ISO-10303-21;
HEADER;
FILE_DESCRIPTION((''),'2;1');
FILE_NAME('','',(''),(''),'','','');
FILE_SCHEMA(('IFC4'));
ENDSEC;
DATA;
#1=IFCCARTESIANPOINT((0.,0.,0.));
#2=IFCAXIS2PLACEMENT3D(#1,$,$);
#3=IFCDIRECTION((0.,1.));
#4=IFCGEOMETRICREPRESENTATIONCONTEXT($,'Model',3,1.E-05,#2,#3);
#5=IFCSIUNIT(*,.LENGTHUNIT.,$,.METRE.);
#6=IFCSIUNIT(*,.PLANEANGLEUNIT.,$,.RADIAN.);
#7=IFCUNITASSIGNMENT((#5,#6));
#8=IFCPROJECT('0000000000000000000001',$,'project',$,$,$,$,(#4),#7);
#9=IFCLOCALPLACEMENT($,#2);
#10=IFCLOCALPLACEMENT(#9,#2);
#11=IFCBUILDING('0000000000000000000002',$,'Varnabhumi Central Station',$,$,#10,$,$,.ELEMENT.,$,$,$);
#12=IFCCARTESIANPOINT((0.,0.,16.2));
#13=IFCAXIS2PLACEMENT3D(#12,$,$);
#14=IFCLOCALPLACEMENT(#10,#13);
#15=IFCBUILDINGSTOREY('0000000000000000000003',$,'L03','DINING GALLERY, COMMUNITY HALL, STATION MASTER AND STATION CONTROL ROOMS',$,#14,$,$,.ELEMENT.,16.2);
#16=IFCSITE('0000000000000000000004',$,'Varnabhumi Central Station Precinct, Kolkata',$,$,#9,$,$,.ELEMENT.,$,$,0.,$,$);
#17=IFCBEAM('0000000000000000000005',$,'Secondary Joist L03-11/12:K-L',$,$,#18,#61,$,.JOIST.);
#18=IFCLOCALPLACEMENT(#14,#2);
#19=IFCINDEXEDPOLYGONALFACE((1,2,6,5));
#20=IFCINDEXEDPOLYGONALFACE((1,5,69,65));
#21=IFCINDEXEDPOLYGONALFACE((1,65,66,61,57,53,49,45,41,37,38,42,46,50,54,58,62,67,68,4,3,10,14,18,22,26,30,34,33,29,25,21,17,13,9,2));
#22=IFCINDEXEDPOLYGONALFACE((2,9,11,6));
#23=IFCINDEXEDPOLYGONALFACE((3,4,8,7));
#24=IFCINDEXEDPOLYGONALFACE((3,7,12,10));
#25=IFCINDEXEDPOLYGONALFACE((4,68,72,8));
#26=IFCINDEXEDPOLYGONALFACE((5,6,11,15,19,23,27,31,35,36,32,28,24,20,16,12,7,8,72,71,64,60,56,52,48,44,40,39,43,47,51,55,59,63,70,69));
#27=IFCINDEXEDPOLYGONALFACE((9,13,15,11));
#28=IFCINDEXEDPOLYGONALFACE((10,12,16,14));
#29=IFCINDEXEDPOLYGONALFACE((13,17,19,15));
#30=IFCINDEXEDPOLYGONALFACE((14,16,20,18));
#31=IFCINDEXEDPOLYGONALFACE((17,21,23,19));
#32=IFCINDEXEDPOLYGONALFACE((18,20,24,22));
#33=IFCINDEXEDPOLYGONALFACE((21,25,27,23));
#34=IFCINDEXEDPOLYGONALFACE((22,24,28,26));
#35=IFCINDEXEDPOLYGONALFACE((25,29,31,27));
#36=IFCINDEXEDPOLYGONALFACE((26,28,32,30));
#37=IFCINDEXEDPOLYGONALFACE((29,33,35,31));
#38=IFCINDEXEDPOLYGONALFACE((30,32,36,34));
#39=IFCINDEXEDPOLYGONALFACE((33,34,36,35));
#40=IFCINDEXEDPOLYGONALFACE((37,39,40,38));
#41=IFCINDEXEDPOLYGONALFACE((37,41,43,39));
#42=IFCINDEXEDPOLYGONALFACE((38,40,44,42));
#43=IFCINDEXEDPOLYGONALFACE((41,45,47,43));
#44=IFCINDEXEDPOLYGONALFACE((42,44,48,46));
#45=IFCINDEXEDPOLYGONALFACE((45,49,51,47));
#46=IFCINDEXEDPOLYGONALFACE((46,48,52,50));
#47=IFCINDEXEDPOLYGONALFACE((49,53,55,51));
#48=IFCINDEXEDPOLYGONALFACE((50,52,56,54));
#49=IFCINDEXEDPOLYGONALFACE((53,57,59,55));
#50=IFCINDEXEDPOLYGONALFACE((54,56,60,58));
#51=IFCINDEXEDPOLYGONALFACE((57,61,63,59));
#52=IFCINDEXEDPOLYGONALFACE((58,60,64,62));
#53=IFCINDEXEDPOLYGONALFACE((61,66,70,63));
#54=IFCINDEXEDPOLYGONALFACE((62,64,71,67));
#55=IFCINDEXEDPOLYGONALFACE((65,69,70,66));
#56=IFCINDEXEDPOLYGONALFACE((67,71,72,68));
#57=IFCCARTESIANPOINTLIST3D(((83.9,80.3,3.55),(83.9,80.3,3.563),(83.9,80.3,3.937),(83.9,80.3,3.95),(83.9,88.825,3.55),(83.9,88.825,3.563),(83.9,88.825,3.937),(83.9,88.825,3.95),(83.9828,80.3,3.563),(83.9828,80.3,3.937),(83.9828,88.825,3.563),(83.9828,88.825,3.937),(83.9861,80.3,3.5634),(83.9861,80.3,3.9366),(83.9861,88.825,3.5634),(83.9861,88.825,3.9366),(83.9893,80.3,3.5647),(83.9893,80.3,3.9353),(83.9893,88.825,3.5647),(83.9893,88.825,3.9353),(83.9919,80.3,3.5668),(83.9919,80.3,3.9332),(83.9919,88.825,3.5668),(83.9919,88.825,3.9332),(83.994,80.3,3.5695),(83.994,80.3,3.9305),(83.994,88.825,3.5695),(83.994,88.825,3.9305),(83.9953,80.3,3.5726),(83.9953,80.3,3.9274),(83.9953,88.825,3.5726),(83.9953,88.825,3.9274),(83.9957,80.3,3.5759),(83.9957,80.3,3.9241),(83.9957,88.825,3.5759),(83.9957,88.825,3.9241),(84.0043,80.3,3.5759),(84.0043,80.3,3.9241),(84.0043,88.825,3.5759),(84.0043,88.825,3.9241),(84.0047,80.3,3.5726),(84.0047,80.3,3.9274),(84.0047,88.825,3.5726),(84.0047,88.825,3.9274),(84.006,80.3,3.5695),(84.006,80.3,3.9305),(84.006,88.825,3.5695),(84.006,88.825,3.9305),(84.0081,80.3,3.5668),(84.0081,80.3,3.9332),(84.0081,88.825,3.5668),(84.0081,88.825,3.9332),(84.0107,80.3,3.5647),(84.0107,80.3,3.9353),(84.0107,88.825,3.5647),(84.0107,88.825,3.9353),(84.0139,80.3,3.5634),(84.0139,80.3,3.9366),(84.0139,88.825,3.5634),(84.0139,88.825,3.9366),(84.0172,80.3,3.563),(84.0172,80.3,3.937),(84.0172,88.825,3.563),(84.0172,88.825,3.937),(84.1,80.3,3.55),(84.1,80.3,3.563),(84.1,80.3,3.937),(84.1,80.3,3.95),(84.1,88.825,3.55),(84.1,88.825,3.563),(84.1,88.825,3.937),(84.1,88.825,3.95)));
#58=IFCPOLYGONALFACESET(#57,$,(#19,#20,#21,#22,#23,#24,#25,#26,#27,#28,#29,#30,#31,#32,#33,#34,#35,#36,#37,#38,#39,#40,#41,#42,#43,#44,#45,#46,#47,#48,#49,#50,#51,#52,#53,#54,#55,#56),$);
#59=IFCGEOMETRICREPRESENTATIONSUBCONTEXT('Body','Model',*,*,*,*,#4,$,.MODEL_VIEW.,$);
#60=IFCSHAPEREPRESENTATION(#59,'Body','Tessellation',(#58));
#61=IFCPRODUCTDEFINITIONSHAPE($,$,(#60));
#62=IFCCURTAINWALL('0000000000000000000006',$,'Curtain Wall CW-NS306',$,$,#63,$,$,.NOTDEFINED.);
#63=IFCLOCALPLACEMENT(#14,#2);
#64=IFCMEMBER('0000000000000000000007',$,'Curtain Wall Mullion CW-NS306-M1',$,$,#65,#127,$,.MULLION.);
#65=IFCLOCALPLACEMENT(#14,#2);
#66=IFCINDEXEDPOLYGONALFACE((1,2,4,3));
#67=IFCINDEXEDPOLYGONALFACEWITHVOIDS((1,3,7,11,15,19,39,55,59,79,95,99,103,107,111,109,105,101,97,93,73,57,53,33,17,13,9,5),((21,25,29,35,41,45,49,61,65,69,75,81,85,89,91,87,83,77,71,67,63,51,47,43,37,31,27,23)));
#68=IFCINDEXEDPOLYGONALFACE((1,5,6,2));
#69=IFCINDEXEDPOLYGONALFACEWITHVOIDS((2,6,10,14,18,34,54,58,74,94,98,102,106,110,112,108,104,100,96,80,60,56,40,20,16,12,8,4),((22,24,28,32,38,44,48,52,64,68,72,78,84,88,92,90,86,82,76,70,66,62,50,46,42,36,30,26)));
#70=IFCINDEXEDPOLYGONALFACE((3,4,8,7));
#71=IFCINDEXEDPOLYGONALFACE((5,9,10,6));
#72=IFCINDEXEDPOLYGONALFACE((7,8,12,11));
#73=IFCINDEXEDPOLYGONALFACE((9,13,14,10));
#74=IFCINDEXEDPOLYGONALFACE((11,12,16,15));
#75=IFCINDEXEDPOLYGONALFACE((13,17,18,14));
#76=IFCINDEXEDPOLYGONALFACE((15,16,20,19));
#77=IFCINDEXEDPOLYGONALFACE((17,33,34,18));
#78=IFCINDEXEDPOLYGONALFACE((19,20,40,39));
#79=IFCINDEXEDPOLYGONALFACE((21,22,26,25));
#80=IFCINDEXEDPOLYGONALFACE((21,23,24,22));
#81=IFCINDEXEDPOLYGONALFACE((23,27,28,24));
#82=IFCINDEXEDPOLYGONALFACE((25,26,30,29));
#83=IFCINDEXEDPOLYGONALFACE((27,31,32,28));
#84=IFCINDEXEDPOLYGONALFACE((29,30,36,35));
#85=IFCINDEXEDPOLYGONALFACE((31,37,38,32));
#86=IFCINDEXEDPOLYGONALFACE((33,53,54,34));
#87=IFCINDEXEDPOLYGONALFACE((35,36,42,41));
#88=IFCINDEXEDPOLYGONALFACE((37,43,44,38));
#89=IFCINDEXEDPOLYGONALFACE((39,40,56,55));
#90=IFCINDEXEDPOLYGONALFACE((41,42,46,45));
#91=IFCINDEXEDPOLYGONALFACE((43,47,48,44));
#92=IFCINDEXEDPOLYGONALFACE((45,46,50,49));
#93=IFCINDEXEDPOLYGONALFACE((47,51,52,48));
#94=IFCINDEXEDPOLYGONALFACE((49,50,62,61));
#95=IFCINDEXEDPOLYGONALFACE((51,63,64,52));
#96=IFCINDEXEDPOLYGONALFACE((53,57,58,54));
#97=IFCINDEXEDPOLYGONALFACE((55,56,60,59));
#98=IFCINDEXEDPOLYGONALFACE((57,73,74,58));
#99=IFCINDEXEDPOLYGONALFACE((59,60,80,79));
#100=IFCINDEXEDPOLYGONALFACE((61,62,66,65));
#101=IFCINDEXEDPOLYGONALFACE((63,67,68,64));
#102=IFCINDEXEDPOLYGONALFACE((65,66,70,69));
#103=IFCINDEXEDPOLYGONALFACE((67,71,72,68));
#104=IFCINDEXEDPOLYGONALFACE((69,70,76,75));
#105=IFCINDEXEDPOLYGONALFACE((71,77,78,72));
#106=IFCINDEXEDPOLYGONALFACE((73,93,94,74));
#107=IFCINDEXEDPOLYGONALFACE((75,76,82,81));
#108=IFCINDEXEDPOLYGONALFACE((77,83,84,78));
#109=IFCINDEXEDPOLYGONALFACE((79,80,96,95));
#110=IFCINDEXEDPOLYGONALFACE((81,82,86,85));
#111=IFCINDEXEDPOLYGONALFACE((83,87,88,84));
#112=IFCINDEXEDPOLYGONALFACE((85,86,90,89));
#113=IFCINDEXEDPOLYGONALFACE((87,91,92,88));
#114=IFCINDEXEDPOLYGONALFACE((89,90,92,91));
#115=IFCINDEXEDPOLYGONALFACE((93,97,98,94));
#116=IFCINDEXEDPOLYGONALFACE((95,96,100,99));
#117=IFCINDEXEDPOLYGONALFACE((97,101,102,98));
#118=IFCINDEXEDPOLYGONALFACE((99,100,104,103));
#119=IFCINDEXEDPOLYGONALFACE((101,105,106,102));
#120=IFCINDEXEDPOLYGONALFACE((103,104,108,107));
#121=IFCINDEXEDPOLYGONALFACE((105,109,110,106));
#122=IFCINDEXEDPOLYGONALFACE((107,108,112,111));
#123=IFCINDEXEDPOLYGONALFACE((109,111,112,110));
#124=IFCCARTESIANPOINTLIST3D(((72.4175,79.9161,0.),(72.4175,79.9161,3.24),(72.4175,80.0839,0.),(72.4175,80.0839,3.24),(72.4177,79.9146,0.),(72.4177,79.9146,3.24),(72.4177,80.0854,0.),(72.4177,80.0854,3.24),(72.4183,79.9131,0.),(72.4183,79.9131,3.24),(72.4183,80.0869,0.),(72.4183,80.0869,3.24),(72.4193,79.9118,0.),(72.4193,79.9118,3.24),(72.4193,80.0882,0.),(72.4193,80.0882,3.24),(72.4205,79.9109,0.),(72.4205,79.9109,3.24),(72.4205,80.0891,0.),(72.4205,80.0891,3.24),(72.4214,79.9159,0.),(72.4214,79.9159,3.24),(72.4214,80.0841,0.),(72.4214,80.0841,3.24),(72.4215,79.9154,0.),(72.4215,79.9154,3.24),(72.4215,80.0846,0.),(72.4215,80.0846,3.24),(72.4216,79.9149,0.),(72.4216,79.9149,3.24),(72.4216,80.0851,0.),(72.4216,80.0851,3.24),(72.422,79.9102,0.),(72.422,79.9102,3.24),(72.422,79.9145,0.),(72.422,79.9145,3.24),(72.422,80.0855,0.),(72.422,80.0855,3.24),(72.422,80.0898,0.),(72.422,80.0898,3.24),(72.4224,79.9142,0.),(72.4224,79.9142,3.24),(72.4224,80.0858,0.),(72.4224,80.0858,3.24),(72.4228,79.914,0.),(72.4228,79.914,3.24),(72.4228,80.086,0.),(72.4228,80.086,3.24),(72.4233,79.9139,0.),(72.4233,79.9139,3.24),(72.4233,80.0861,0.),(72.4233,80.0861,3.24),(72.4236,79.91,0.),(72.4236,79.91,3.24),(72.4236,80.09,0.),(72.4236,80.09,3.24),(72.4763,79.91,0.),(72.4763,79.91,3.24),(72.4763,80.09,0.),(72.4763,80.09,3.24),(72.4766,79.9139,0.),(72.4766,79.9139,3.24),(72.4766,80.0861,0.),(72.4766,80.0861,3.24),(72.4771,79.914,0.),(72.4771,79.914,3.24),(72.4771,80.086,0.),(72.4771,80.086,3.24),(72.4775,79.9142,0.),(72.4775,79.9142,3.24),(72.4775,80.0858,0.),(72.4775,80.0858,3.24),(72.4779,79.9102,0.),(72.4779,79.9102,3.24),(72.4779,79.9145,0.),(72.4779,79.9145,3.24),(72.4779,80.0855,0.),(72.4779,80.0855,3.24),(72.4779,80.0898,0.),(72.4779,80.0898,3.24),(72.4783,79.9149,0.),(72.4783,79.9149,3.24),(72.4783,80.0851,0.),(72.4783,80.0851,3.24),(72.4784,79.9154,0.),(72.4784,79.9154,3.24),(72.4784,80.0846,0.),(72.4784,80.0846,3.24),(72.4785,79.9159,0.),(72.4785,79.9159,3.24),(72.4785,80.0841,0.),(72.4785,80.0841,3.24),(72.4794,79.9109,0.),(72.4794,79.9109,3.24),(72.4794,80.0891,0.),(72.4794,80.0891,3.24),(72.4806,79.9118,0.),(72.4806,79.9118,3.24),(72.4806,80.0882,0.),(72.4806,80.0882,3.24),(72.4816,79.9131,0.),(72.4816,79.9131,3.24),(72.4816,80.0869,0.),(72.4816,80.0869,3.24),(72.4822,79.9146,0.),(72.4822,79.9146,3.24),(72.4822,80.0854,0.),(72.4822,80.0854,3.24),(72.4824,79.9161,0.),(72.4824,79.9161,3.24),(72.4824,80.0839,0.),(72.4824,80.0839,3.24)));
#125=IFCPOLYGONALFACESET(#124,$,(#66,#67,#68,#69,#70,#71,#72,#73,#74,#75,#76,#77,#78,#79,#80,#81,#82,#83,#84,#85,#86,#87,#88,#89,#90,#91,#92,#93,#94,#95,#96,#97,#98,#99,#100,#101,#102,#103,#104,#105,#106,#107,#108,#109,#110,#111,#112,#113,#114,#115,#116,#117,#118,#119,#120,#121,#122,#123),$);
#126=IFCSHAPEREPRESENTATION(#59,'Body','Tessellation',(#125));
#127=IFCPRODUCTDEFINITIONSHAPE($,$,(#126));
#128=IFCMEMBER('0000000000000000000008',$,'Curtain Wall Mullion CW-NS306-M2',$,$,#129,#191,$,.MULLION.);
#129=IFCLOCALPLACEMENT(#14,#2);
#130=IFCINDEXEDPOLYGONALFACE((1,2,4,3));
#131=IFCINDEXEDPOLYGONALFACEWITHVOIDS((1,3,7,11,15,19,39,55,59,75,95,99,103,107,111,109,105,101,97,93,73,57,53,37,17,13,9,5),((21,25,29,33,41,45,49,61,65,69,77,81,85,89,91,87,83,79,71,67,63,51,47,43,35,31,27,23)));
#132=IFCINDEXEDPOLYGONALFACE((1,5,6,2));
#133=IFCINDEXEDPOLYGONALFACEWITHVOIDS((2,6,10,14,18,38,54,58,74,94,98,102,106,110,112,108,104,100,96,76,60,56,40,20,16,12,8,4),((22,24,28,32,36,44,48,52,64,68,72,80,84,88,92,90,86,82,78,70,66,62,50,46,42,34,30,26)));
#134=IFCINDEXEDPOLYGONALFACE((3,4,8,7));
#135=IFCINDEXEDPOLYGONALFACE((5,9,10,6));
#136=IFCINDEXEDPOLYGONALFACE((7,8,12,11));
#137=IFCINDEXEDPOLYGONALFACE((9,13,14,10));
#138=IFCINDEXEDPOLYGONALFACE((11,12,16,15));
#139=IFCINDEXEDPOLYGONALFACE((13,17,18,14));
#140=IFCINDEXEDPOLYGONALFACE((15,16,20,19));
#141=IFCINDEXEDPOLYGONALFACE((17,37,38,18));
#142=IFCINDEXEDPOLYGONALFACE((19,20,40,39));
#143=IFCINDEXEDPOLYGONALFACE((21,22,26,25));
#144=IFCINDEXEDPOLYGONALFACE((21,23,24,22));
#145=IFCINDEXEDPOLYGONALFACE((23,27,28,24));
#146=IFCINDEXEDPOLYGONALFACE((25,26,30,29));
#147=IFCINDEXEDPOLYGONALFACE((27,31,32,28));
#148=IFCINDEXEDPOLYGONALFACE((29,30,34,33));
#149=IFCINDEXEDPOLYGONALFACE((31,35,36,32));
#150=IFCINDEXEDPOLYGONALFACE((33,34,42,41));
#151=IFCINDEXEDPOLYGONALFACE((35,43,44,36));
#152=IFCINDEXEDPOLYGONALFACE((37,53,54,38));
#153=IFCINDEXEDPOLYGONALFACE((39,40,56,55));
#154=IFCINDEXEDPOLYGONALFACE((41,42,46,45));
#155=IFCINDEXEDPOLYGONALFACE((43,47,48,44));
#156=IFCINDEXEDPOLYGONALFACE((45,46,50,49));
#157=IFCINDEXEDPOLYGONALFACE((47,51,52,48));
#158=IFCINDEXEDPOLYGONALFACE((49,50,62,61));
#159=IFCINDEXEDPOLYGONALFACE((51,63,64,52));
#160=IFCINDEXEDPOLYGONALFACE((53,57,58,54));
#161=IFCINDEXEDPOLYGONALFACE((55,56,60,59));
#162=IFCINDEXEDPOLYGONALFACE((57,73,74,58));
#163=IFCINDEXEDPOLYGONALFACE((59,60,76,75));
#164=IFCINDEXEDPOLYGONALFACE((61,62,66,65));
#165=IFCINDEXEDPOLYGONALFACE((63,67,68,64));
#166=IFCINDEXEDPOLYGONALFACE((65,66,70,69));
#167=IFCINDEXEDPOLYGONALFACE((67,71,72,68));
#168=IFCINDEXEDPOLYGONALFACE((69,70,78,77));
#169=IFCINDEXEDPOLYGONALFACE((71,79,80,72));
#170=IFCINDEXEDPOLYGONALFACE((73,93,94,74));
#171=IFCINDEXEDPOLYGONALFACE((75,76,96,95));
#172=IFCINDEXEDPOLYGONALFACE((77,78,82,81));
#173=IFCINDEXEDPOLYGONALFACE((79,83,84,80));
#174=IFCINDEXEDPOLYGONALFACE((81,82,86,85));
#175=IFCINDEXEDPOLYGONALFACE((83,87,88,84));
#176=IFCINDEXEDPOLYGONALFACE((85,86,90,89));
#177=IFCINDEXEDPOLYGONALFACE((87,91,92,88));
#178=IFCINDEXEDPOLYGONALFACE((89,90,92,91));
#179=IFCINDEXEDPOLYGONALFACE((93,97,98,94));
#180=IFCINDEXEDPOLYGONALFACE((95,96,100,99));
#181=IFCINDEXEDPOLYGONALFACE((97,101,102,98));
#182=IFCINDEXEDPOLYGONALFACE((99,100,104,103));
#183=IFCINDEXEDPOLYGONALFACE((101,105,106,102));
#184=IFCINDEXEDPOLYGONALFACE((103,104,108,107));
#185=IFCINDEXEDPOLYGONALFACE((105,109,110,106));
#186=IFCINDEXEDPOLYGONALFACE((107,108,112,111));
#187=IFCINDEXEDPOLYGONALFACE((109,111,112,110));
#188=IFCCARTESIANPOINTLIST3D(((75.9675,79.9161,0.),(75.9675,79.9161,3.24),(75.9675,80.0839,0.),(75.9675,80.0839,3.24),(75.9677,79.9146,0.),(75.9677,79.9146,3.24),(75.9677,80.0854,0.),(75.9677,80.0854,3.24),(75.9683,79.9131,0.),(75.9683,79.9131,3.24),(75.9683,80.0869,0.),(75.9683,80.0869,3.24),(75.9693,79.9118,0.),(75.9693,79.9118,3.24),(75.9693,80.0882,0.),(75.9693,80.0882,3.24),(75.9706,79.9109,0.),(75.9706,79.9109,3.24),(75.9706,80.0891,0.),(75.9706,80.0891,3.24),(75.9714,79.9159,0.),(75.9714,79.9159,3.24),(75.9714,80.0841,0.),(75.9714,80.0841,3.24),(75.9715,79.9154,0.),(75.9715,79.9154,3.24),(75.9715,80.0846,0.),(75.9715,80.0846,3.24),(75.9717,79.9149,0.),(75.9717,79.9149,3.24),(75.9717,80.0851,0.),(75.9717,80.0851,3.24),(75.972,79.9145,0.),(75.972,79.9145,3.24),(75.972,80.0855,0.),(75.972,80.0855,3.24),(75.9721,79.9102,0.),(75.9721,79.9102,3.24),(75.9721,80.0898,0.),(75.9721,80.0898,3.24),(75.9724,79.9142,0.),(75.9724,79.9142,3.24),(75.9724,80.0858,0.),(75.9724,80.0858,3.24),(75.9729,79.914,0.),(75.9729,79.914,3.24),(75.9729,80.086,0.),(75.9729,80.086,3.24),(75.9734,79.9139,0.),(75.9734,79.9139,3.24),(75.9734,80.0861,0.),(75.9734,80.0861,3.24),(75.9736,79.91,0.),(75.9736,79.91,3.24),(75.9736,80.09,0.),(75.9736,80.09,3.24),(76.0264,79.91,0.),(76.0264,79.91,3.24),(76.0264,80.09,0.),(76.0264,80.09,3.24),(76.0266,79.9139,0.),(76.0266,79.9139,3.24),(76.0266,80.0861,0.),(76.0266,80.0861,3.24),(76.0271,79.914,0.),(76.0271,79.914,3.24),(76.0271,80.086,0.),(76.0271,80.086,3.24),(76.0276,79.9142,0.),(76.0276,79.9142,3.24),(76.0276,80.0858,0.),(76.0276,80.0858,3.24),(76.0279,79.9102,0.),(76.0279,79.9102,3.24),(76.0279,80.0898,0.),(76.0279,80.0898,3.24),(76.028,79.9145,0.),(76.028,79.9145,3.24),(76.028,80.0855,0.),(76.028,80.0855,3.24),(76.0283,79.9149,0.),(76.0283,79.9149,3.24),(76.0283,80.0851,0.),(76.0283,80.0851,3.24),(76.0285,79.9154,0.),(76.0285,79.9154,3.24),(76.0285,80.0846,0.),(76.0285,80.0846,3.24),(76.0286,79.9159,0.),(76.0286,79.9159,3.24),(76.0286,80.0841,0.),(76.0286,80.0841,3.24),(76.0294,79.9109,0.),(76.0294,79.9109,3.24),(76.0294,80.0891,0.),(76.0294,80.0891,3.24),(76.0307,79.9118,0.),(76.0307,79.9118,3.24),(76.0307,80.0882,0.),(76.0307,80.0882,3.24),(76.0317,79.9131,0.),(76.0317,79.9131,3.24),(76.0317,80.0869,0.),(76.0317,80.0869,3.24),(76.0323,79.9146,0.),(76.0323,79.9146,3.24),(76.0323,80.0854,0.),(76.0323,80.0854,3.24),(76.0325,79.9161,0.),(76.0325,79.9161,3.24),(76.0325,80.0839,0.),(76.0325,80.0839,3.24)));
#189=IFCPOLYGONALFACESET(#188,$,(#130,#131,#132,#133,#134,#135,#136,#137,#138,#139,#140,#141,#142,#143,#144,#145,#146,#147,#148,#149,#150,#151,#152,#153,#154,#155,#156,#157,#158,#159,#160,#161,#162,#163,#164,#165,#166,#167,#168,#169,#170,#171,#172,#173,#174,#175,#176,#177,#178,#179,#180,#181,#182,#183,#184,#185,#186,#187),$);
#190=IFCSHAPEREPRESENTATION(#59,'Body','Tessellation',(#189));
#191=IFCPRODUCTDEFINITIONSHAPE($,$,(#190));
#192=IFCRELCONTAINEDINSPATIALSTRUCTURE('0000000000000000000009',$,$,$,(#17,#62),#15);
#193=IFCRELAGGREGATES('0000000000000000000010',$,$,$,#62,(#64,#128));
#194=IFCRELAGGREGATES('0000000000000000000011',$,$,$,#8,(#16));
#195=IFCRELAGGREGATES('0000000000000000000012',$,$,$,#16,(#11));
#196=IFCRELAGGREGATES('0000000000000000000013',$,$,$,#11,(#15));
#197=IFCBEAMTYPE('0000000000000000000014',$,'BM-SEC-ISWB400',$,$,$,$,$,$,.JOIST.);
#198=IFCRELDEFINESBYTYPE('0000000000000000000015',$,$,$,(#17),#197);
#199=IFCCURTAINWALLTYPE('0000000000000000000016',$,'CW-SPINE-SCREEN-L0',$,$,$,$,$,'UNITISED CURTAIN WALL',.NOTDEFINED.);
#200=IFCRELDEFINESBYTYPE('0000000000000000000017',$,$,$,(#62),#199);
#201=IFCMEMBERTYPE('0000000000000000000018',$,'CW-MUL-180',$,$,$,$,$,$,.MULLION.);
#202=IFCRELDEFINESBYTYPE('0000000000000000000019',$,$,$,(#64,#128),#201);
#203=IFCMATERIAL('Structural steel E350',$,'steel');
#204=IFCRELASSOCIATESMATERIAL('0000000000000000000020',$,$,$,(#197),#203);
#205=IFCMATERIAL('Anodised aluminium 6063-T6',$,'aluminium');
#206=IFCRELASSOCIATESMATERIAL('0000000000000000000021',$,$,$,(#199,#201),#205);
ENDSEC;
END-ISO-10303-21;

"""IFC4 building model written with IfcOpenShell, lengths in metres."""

from ifc_helpers import new_model, si_unit, direction, frame, origin, origin_2d, place, context, subcontext, project, spatial, hollow_rectangle, i_section, extrude, material, material_profile, profile_set, type_object, element, aggregate, save


model = new_model("IFC4")

# Units and contexts
model_context = context("Model", 3, precision=1e-05, world=origin(), true_north=direction((0.0, 1.0)))
body_context = subcontext(model_context, "Body", "Model", "MODEL_VIEW")
ifc_project = project(units=[si_unit("LENGTHUNIT", "METRE"), si_unit("PLANEANGLEUNIT", "RADIAN")], contexts=[model_context])

# Site, building, storey
site_placement = place(None, origin())
site = spatial("IfcSite", under=ifc_project, at=site_placement, Name="Varnabhumi Central Station Precinct, Kolkata", CompositionType="ELEMENT", RefElevation=0.0)
building_placement = place(site_placement, origin())
building = spatial("IfcBuilding", under=site, at=building_placement, Name="Varnabhumi Central Station", CompositionType="ELEMENT")
storey_placement = place(building_placement, frame((0.0, 0.0, 16.2)))
storey = spatial("IfcBuildingStorey", under=building, at=storey_placement, Name="L03", Description="DINING GALLERY, COMMUNITY HALL, STATION MASTER AND STATION CONTROL ROOMS", CompositionType="ELEMENT", Elevation=16.2)

# Beam
ifc_material_1 = material(Name="Structural steel E350", Category="steel")
ifc_material_profile_1 = material_profile(ifc_material_1, i_section(OverallWidth=0.2, OverallDepth=0.3999, WebThickness=0.0085, FlangeThickness=0.0129, FilletRadius=0.0129, at=origin_2d()), Name="Structural steel E350", Category="steel")
ifc_profile_set_1 = profile_set([ifc_material_profile_1], Name="Structural steel E350")
beam_type_1 = type_object("IfcBeamType", Name="BM-SEC-ISWB400", PredefinedType="JOIST", material=ifc_profile_set_1)
beam_1_placement = place(storey_placement, frame((84.0, 80.3, 3.75), z_axis=(0.0, 1.0, 0.0), x_axis=(-1.0, 0.0, 0.0)))
element("IfcBeam", 1, at=beam_1_placement, inside=storey, type_object=beam_type_1, Name="Secondary Joist L03-11/12:K-L", PredefinedType="JOIST", context=body_context, shape_type="SweptSolid", body=[
    extrude(i_section(OverallWidth=0.2, OverallDepth=0.3999, WebThickness=0.0085, FlangeThickness=0.0129, FilletRadius=0.0129, at=origin_2d()), origin(), (0.0, 0.0, 1.0), 8.5249),
])

# Curtain wall, members
ifc_material_2 = material(Name="Anodised aluminium 6063-T6", Category="aluminium")
curtain_wall_type_1 = type_object("IfcCurtainWallType", Name="CW-SPINE-SCREEN-L0", ElementType="UNITISED CURTAIN WALL", PredefinedType="NOTDEFINED", material=ifc_material_2)
curtain_wall_1_placement = place(storey_placement, origin())
curtain_wall_1 = element("IfcCurtainWall", 2, at=curtain_wall_1_placement, inside=storey, type_object=curtain_wall_type_1, Name="Curtain Wall CW-NS306", PredefinedType="NOTDEFINED")
ifc_material_profile_2 = material_profile(ifc_material_2, hollow_rectangle(XDim=0.0649, YDim=0.1799, WallThickness=0.0039, InnerFilletRadius=0.002, OuterFilletRadius=0.0061, at=origin_2d()), Name="Anodised aluminium 6063-T6", Category="aluminium")
ifc_profile_set_2 = profile_set([ifc_material_profile_2], Name="Anodised aluminium 6063-T6")
member_type_1 = type_object("IfcMemberType", Name="CW-MUL-180", PredefinedType="MULLION", material=ifc_profile_set_2)
member_1_placement = place(storey_placement, frame((72.45, 80.0, 0.0), z_axis=(0.0, 0.0, 1.0), x_axis=(1.0, 0.0, 0.0)))
member_1 = element("IfcMember", 3, at=member_1_placement, type_object=member_type_1, Name="Curtain Wall Mullion CW-NS306-M1", PredefinedType="MULLION", context=body_context, shape_type="SweptSolid", body=[
    extrude(hollow_rectangle(XDim=0.0649, YDim=0.1799, WallThickness=0.0039, InnerFilletRadius=0.002, OuterFilletRadius=0.0061, at=origin_2d()), origin(), (0.0, 0.0, 1.0), 3.24),
])
member_2_placement = place(storey_placement, frame((76.0, 80.0, 0.0), z_axis=(0.0, 0.0, 1.0), x_axis=(1.0, 0.0, 0.0)))
member_2 = element("IfcMember", 4, at=member_2_placement, type_object=member_type_1, Name="Curtain Wall Mullion CW-NS306-M2", PredefinedType="MULLION", context=body_context, shape_type="SweptSolid", body=[
    extrude(hollow_rectangle(XDim=0.0649, YDim=0.1799, WallThickness=0.0039, InnerFilletRadius=0.002, OuterFilletRadius=0.0061, at=origin_2d()), origin(), (0.0, 0.0, 1.0), 3.24),
])

aggregate(curtain_wall_1, [member_1, member_2])

save(model, "model.ifc")
